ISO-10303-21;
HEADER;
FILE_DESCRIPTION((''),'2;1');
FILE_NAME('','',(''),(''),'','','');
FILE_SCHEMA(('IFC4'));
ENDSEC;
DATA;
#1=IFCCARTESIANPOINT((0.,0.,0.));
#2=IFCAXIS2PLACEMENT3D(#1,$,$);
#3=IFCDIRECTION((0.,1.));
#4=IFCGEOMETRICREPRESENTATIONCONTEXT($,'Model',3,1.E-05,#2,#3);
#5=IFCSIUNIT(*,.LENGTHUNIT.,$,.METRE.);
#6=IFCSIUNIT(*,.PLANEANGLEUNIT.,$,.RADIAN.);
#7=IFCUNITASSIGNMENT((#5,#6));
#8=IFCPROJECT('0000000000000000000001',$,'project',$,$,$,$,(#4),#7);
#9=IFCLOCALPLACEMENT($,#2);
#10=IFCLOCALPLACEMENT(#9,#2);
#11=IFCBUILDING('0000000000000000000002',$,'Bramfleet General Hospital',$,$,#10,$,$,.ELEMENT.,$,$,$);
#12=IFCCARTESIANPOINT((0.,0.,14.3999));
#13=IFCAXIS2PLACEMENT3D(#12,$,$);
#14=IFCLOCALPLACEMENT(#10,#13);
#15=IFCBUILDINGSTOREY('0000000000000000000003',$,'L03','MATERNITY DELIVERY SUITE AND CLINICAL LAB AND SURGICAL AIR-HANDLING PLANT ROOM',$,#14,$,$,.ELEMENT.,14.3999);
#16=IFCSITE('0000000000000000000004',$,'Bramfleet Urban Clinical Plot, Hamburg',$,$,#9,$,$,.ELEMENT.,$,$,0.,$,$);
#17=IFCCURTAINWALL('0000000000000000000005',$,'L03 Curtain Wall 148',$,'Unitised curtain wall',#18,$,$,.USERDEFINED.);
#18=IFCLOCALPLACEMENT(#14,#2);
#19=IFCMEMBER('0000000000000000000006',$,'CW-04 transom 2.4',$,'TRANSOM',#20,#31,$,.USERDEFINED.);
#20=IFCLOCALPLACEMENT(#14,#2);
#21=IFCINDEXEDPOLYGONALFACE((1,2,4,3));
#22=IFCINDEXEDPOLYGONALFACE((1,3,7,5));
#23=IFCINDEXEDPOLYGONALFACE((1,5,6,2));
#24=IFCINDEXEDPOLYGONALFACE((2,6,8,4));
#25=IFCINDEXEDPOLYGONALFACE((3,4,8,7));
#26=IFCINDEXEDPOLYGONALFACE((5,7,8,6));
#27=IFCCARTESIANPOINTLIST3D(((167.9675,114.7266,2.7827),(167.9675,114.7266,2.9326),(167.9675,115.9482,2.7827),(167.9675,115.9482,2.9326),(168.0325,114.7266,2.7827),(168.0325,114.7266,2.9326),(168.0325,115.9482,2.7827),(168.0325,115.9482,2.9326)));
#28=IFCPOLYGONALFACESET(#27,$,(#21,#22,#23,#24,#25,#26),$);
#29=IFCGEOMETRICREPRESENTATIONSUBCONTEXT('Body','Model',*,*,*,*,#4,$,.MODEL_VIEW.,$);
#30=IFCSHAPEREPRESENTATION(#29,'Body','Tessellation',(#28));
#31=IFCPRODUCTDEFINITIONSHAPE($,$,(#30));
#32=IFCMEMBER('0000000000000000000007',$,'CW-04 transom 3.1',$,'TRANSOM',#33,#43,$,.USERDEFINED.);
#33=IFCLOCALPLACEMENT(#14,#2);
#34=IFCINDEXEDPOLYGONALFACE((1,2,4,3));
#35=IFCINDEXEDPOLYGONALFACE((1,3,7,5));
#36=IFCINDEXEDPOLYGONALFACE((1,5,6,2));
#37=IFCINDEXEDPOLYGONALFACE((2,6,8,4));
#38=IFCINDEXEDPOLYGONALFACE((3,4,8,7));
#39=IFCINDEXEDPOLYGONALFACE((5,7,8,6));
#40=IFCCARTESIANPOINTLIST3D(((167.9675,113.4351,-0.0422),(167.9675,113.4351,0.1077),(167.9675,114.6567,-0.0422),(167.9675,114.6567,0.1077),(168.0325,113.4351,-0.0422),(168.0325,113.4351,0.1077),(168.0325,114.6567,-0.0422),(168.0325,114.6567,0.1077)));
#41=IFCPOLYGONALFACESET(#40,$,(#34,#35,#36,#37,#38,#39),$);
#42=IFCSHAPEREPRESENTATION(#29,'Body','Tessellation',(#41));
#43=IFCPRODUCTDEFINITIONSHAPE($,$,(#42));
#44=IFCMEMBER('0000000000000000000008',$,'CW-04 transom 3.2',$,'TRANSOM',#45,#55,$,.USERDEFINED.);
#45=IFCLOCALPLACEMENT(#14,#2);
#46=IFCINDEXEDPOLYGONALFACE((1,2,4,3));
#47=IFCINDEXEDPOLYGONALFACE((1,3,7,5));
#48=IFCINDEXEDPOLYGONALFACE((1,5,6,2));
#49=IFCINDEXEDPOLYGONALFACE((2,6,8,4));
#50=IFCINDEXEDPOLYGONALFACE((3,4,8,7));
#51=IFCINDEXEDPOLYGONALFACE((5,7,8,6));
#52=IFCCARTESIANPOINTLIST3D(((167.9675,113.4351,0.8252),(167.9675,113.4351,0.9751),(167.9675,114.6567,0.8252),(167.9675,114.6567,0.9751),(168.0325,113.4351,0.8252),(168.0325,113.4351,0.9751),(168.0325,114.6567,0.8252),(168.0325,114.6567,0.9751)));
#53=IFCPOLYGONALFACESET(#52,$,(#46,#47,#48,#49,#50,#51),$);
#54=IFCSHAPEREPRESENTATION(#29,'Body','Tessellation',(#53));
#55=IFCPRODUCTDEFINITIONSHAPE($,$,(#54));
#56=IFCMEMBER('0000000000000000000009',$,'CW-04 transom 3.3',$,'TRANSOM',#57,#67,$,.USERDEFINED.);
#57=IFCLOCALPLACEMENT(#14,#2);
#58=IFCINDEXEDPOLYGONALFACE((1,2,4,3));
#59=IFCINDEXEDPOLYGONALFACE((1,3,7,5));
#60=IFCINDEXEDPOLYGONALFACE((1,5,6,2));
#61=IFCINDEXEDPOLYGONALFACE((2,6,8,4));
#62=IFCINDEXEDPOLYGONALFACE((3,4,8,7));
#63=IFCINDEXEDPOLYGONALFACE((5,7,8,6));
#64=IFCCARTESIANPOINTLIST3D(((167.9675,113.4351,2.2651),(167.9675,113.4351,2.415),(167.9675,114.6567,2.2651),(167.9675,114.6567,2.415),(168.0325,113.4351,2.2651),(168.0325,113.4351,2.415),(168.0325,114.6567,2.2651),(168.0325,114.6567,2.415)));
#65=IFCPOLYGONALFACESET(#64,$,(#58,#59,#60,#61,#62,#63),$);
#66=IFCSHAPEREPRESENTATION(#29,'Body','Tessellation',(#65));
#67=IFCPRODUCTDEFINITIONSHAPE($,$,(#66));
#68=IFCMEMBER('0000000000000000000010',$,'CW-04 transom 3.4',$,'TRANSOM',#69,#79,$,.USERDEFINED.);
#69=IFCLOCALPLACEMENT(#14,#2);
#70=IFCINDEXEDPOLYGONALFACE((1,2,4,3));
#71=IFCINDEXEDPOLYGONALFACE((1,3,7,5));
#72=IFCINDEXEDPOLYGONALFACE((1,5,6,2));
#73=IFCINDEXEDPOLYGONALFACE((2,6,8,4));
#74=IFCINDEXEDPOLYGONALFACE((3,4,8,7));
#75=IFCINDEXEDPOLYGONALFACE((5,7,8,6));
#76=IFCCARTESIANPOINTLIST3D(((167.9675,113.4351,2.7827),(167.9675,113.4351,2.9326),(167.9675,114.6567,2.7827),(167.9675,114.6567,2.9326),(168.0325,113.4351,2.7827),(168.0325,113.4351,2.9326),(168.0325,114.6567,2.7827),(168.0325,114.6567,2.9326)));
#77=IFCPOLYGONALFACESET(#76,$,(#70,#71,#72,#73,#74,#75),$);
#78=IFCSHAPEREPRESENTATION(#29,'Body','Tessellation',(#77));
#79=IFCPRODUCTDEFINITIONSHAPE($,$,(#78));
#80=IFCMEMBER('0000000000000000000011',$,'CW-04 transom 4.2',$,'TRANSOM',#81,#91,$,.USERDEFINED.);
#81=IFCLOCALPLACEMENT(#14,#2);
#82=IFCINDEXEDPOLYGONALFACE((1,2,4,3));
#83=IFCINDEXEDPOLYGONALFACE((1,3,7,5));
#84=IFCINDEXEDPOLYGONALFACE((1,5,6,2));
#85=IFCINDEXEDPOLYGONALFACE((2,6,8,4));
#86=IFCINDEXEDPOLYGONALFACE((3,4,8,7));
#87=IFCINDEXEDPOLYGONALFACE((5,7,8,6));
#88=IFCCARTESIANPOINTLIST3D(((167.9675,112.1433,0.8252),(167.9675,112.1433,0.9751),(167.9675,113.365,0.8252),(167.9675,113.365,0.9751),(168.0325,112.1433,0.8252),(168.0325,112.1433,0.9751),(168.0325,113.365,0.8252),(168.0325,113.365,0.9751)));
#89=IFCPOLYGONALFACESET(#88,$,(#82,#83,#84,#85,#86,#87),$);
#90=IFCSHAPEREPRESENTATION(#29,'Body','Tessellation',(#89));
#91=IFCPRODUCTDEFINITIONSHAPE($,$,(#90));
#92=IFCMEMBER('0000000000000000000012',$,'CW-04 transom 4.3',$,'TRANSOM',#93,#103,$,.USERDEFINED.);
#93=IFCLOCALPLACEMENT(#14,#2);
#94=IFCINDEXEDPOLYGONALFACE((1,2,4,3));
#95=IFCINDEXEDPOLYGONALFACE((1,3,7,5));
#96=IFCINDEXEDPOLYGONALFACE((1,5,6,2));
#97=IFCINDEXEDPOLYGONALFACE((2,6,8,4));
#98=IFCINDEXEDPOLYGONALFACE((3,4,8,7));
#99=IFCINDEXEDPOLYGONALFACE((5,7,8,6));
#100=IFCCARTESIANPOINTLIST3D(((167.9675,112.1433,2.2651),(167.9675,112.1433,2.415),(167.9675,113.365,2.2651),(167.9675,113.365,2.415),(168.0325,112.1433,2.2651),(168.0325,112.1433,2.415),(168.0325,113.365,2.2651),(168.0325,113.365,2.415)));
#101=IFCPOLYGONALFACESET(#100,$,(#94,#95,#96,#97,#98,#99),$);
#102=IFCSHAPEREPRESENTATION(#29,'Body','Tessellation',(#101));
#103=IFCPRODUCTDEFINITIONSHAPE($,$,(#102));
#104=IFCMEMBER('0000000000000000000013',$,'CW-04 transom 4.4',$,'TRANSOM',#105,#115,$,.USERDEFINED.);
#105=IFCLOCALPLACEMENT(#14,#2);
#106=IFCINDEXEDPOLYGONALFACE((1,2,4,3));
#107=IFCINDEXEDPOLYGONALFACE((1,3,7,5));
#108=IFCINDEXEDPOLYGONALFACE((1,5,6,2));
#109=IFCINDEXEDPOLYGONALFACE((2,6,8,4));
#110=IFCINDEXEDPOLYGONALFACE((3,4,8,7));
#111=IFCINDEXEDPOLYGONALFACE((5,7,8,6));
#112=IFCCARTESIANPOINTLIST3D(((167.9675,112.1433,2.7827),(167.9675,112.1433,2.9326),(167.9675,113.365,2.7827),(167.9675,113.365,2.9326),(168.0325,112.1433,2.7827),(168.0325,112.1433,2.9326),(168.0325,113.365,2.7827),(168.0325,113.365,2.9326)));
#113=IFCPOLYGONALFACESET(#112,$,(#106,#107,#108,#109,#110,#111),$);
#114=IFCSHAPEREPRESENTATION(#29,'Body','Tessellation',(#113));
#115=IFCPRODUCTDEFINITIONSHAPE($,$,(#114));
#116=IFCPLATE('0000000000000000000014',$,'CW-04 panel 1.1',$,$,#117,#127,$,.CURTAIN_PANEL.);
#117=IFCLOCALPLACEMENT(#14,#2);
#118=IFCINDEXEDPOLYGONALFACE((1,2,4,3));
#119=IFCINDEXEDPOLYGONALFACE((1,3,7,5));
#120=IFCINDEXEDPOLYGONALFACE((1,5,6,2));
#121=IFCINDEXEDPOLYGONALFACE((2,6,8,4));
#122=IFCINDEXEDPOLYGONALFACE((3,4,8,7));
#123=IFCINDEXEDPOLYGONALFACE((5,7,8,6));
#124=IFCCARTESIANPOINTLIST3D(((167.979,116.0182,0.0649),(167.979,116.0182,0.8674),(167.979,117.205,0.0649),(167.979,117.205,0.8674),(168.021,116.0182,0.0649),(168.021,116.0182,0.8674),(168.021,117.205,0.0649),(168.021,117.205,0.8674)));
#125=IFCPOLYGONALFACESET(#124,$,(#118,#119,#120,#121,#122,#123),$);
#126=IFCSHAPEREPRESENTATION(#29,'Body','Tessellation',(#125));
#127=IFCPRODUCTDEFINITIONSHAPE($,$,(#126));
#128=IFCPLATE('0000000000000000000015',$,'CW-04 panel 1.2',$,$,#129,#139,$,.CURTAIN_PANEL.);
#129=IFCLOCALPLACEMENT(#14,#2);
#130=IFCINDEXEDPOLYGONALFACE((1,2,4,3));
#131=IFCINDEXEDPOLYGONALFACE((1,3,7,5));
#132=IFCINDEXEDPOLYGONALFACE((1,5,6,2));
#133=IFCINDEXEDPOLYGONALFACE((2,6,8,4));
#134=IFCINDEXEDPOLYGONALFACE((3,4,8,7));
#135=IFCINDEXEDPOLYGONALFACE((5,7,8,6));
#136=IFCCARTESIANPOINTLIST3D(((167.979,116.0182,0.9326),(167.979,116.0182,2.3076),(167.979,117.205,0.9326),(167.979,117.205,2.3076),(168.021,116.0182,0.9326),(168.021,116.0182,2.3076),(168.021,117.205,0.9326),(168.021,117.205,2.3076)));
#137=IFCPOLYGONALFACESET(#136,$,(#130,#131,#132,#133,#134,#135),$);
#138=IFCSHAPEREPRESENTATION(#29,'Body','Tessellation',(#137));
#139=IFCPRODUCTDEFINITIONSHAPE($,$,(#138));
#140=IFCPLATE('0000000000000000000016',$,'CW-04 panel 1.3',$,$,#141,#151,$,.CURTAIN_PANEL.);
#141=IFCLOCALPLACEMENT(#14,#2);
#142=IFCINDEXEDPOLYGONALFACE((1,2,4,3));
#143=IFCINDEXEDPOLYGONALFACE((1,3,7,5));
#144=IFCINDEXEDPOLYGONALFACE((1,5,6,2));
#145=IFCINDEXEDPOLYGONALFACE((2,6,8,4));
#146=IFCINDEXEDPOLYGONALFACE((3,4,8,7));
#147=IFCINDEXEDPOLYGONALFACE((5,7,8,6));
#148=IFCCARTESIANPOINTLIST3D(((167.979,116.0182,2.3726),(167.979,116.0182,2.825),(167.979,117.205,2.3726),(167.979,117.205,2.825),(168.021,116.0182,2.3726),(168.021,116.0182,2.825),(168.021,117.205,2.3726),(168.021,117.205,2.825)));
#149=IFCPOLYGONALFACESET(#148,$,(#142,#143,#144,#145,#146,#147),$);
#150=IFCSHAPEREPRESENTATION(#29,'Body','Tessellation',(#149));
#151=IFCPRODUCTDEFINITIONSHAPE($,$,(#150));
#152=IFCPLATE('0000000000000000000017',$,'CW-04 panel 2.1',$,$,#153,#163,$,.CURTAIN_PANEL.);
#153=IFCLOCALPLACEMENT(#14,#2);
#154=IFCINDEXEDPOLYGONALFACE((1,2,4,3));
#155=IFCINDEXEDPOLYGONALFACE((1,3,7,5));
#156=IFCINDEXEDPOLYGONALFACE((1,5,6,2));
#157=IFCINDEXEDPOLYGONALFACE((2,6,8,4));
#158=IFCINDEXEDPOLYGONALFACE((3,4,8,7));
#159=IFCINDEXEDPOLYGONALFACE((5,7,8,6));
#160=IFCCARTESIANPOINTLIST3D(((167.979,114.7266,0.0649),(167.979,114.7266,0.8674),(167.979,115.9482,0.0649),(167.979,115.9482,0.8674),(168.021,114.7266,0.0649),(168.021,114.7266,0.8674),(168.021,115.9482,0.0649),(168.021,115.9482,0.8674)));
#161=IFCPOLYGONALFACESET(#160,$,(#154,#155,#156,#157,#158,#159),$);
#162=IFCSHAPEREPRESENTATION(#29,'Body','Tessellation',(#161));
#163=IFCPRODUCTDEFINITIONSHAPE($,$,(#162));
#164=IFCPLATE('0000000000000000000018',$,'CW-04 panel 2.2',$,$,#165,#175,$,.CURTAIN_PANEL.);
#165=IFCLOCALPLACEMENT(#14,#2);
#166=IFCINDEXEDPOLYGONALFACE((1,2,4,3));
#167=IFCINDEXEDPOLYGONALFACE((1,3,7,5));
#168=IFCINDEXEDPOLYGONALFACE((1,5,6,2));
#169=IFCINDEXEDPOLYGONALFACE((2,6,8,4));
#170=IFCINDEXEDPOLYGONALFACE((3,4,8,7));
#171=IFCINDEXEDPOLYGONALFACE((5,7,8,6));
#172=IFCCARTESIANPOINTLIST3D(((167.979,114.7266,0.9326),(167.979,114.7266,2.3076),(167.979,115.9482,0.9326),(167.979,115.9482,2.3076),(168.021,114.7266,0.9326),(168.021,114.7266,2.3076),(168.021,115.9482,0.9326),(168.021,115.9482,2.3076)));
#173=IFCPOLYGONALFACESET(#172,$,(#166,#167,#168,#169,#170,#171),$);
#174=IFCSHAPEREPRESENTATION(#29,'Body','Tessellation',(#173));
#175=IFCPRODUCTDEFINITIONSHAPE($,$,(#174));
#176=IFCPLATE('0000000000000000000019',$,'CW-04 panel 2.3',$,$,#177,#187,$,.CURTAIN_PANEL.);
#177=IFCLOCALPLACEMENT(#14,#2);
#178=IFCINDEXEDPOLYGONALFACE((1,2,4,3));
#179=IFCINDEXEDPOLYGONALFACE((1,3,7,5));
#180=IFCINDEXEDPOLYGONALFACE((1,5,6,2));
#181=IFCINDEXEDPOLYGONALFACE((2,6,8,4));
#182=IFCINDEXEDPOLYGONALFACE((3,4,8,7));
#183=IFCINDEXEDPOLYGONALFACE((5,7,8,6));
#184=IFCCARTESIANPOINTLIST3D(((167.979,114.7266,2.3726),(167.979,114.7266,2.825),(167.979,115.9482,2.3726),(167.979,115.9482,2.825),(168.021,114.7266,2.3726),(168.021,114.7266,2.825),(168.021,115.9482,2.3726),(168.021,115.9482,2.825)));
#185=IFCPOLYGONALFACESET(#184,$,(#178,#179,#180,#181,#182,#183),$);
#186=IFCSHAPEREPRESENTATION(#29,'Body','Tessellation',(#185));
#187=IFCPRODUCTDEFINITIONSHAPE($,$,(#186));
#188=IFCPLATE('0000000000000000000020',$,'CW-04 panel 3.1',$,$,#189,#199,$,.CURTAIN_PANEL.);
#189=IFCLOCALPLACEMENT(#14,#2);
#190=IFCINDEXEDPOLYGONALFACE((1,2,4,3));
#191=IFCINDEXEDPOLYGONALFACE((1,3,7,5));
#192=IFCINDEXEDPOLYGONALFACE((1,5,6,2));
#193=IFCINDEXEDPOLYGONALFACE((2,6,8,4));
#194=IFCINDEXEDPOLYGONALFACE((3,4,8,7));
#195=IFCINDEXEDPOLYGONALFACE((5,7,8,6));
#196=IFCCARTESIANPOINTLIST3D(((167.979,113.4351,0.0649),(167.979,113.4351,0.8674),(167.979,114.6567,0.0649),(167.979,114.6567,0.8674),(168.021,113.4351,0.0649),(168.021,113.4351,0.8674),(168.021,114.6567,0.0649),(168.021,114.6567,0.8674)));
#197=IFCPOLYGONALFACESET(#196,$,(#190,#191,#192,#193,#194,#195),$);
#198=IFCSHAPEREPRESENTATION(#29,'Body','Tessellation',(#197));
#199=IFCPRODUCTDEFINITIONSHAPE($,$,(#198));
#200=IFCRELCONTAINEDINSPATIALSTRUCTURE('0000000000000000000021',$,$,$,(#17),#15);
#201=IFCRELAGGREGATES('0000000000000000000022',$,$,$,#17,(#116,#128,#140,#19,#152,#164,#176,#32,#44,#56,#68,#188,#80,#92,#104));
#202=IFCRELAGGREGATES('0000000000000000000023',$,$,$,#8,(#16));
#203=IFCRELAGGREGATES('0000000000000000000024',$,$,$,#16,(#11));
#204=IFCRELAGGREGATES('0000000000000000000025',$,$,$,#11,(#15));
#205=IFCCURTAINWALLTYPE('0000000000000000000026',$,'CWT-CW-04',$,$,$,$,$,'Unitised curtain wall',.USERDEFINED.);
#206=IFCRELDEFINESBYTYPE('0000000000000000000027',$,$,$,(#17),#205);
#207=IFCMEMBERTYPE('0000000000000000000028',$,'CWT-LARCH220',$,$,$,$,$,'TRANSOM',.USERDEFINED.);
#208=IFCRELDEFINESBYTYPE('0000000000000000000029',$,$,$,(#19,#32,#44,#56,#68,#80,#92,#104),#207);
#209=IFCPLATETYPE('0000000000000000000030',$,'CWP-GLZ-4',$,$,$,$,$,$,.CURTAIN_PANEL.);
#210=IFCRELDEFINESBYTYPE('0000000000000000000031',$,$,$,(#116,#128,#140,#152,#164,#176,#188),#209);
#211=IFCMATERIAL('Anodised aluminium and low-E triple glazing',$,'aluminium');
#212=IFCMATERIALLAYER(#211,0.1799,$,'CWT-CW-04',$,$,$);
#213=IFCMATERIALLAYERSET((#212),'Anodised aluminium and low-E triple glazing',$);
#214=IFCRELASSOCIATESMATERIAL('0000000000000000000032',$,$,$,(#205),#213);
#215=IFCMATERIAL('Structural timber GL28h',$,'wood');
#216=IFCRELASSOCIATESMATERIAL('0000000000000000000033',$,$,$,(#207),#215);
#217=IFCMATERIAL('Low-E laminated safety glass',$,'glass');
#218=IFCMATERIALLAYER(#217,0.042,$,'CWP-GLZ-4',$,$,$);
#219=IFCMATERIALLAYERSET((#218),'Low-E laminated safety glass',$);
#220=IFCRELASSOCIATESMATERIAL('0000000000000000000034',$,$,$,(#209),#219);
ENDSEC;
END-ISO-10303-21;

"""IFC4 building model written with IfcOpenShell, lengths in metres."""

from ifc_helpers import new_model, si_unit, direction, frame, origin, origin_2d, place, context, subcontext, project, spatial, rectangle, extrude, material, layer, layer_set, material_profile, profile_set, type_object, element, aggregate, save


model = new_model("IFC4")

# Units and contexts
model_context = context("Model", 3, precision=1e-05, world=origin(), true_north=direction((0.0, 1.0)))
body_context = subcontext(model_context, "Body", "Model", "MODEL_VIEW")
ifc_project = project(units=[si_unit("LENGTHUNIT", "METRE"), si_unit("PLANEANGLEUNIT", "RADIAN")], contexts=[model_context])

# Site, building, storey
site_placement = place(None, origin())
site = spatial("IfcSite", under=ifc_project, at=site_placement, Name="Bramfleet Urban Clinical Plot, Hamburg", CompositionType="ELEMENT", RefElevation=0.0)
building_placement = place(site_placement, origin())
building = spatial("IfcBuilding", under=site, at=building_placement, Name="Bramfleet General Hospital", CompositionType="ELEMENT")
storey_placement = place(building_placement, frame((0.0, 0.0, 14.3999)))
storey = spatial("IfcBuildingStorey", under=building, at=storey_placement, Name="L03", Description="MATERNITY DELIVERY SUITE AND CLINICAL LAB AND SURGICAL AIR-HANDLING PLANT ROOM", CompositionType="ELEMENT", Elevation=14.3999)

# Curtain wall, members, plates
ifc_material_1 = material(Name="Anodised aluminium and low-E triple glazing", Category="aluminium")
ifc_layer_1 = layer(ifc_material_1, 0.1799, Name="CWT-CW-04")
ifc_layer_set_1 = layer_set([ifc_layer_1], Name="Anodised aluminium and low-E triple glazing")
curtain_wall_type = type_object("IfcCurtainWallType", Name="CWT-CW-04", ElementType="Unitised curtain wall", PredefinedType="USERDEFINED", material=ifc_layer_set_1)
curtain_wall_placement = place(storey_placement, origin())
curtain_wall = element("IfcCurtainWall", 1, at=curtain_wall_placement, inside=storey, type_object=curtain_wall_type, Name="L03 Curtain Wall 148", ObjectType="Unitised curtain wall", PredefinedType="USERDEFINED")
ifc_material_2 = material(Name="Structural timber GL28h", Category="wood")
ifc_material_profile_1 = material_profile(ifc_material_2, rectangle(XDim=0.0649, YDim=0.1499, at=origin_2d()), Name="LARCH 150x65")
ifc_profile_set_1 = profile_set([ifc_material_profile_1], Name="Structural timber GL28h")
member_type_1 = type_object("IfcMemberType", Name="CWT-LARCH220", ElementType="TRANSOM", PredefinedType="USERDEFINED", material=ifc_profile_set_1)
member_1_placement = place(storey_placement, frame((168.0, 115.9482, 2.8577), z_axis=(0.0, -1.0, 0.0), x_axis=(1.0, 0.0, 0.0)))
member_1 = element("IfcMember", 2, at=member_1_placement, type_object=member_type_1, Name="CW-04 transom 2.4", ObjectType="TRANSOM", PredefinedType="USERDEFINED", context=body_context, shape_type="SweptSolid", body=[
    extrude(rectangle(XDim=0.0649, YDim=0.1499, at=origin_2d()), origin(), (0.0, 0.0, 1.0), 1.2217),
])
member_2_placement = place(storey_placement, frame((168.0, 114.6567, 0.0327), z_axis=(0.0, -1.0, 0.0), x_axis=(1.0, 0.0, 0.0)))
member_2 = element("IfcMember", 3, at=member_2_placement, type_object=member_type_1, Name="CW-04 transom 3.1", ObjectType="TRANSOM", PredefinedType="USERDEFINED", context=body_context, shape_type="SweptSolid", body=[
    extrude(rectangle(XDim=0.0649, YDim=0.1499, at=origin_2d()), origin(), (0.0, 0.0, 1.0), 1.2217),
])
member_3_placement = place(storey_placement, frame((168.0, 114.6567, 0.9001), z_axis=(0.0, -1.0, 0.0), x_axis=(1.0, 0.0, 0.0)))
member_3 = element("IfcMember", 4, at=member_3_placement, type_object=member_type_1, Name="CW-04 transom 3.2", ObjectType="TRANSOM", PredefinedType="USERDEFINED", context=body_context, shape_type="SweptSolid", body=[
    extrude(rectangle(XDim=0.0649, YDim=0.1499, at=origin_2d()), origin(), (0.0, 0.0, 1.0), 1.2217),
])
member_4_placement = place(storey_placement, frame((168.0, 114.6567, 2.3401), z_axis=(0.0, -1.0, 0.0), x_axis=(1.0, 0.0, 0.0)))
member_4 = element("IfcMember", 5, at=member_4_placement, type_object=member_type_1, Name="CW-04 transom 3.3", ObjectType="TRANSOM", PredefinedType="USERDEFINED", context=body_context, shape_type="SweptSolid", body=[
    extrude(rectangle(XDim=0.0649, YDim=0.1499, at=origin_2d()), origin(), (0.0, 0.0, 1.0), 1.2217),
])
member_5_placement = place(storey_placement, frame((168.0, 114.6567, 2.8577), z_axis=(0.0, -1.0, 0.0), x_axis=(1.0, 0.0, 0.0)))
member_5 = element("IfcMember", 6, at=member_5_placement, type_object=member_type_1, Name="CW-04 transom 3.4", ObjectType="TRANSOM", PredefinedType="USERDEFINED", context=body_context, shape_type="SweptSolid", body=[
    extrude(rectangle(XDim=0.0649, YDim=0.1499, at=origin_2d()), origin(), (0.0, 0.0, 1.0), 1.2217),
])
member_6_placement = place(storey_placement, frame((168.0, 113.365, 0.9001), z_axis=(0.0, -1.0, 0.0), x_axis=(1.0, 0.0, 0.0)))
member_6 = element("IfcMember", 7, at=member_6_placement, type_object=member_type_1, Name="CW-04 transom 4.2", ObjectType="TRANSOM", PredefinedType="USERDEFINED", context=body_context, shape_type="SweptSolid", body=[
    extrude(rectangle(XDim=0.0649, YDim=0.1499, at=origin_2d()), origin(), (0.0, 0.0, 1.0), 1.2217),
])
member_7_placement = place(storey_placement, frame((168.0, 113.365, 2.3401), z_axis=(0.0, -1.0, 0.0), x_axis=(1.0, 0.0, 0.0)))
member_7 = element("IfcMember", 8, at=member_7_placement, type_object=member_type_1, Name="CW-04 transom 4.3", ObjectType="TRANSOM", PredefinedType="USERDEFINED", context=body_context, shape_type="SweptSolid", body=[
    extrude(rectangle(XDim=0.0649, YDim=0.1499, at=origin_2d()), origin(), (0.0, 0.0, 1.0), 1.2217),
])
member_8_placement = place(storey_placement, frame((168.0, 113.365, 2.8577), z_axis=(0.0, -1.0, 0.0), x_axis=(1.0, 0.0, 0.0)))
member_8 = element("IfcMember", 9, at=member_8_placement, type_object=member_type_1, Name="CW-04 transom 4.4", ObjectType="TRANSOM", PredefinedType="USERDEFINED", context=body_context, shape_type="SweptSolid", body=[
    extrude(rectangle(XDim=0.0649, YDim=0.1499, at=origin_2d()), origin(), (0.0, 0.0, 1.0), 1.2217),
])
ifc_material_3 = material(Name="Low-E laminated safety glass", Category="glass")
ifc_layer_2 = layer(ifc_material_3, 0.042, Name="CWP-GLZ-4")
ifc_layer_set_2 = layer_set([ifc_layer_2], Name="Low-E laminated safety glass")
plate_type = type_object("IfcPlateType", Name="CWP-GLZ-4", PredefinedType="CURTAIN_PANEL", material=ifc_layer_set_2)
plate_1_placement = place(storey_placement, frame((168.0, 116.6116, 0.0649), z_axis=(0.0, 0.0, 1.0), x_axis=(0.0, -1.0, 0.0)))
plate_1 = element("IfcPlate", 10, at=plate_1_placement, type_object=plate_type, Name="CW-04 panel 1.1", PredefinedType="CURTAIN_PANEL", context=body_context, shape_type="SweptSolid", body=[
    extrude(rectangle(XDim=1.1868, YDim=0.042, at=origin_2d()), origin(), (0.0, 0.0, 1.0), 0.8025),
])
plate_2_placement = place(storey_placement, frame((168.0, 116.6116, 0.9326), z_axis=(0.0, 0.0, 1.0), x_axis=(0.0, -1.0, 0.0)))
plate_2 = element("IfcPlate", 11, at=plate_2_placement, type_object=plate_type, Name="CW-04 panel 1.2", PredefinedType="CURTAIN_PANEL", context=body_context, shape_type="SweptSolid", body=[
    extrude(rectangle(XDim=1.1868, YDim=0.042, at=origin_2d()), origin(), (0.0, 0.0, 1.0), 1.375),
])
plate_3_placement = place(storey_placement, frame((168.0, 116.6116, 2.3726), z_axis=(0.0, 0.0, 1.0), x_axis=(0.0, -1.0, 0.0)))
plate_3 = element("IfcPlate", 12, at=plate_3_placement, type_object=plate_type, Name="CW-04 panel 1.3", PredefinedType="CURTAIN_PANEL", context=body_context, shape_type="SweptSolid", body=[
    extrude(rectangle(XDim=1.1868, YDim=0.042, at=origin_2d()), origin(), (0.0, 0.0, 1.0), 0.4524),
])
plate_4_placement = place(storey_placement, frame((168.0, 115.3374, 0.0649), z_axis=(0.0, 0.0, 1.0), x_axis=(0.0, -1.0, 0.0)))
plate_4 = element("IfcPlate", 13, at=plate_4_placement, type_object=plate_type, Name="CW-04 panel 2.1", PredefinedType="CURTAIN_PANEL", context=body_context, shape_type="SweptSolid", body=[
    extrude(rectangle(XDim=1.2217, YDim=0.042, at=origin_2d()), origin(), (0.0, 0.0, 1.0), 0.8025),
])
plate_5_placement = place(storey_placement, frame((168.0, 115.3374, 0.9326), z_axis=(0.0, 0.0, 1.0), x_axis=(0.0, -1.0, 0.0)))
plate_5 = element("IfcPlate", 14, at=plate_5_placement, type_object=plate_type, Name="CW-04 panel 2.2", PredefinedType="CURTAIN_PANEL", context=body_context, shape_type="SweptSolid", body=[
    extrude(rectangle(XDim=1.2217, YDim=0.042, at=origin_2d()), origin(), (0.0, 0.0, 1.0), 1.375),
])
plate_6_placement = place(storey_placement, frame((168.0, 115.3374, 2.3726), z_axis=(0.0, 0.0, 1.0), x_axis=(0.0, -1.0, 0.0)))
plate_6 = element("IfcPlate", 15, at=plate_6_placement, type_object=plate_type, Name="CW-04 panel 2.3", PredefinedType="CURTAIN_PANEL", context=body_context, shape_type="SweptSolid", body=[
    extrude(rectangle(XDim=1.2217, YDim=0.042, at=origin_2d()), origin(), (0.0, 0.0, 1.0), 0.4524),
])
plate_7_placement = place(storey_placement, frame((168.0, 114.0459, 0.0649), z_axis=(0.0, 0.0, 1.0), x_axis=(0.0, -1.0, 0.0)))
plate_7 = element("IfcPlate", 16, at=plate_7_placement, type_object=plate_type, Name="CW-04 panel 3.1", PredefinedType="CURTAIN_PANEL", context=body_context, shape_type="SweptSolid", body=[
    extrude(rectangle(XDim=1.2217, YDim=0.042, at=origin_2d()), origin(), (0.0, 0.0, 1.0), 0.8025),
])
aggregate(curtain_wall, [plate_1, plate_2, plate_3, member_1, plate_4, plate_5, plate_6, member_2, member_3, member_4, member_5, plate_7, member_6, member_7, member_8])

save(model, "model.ifc")
